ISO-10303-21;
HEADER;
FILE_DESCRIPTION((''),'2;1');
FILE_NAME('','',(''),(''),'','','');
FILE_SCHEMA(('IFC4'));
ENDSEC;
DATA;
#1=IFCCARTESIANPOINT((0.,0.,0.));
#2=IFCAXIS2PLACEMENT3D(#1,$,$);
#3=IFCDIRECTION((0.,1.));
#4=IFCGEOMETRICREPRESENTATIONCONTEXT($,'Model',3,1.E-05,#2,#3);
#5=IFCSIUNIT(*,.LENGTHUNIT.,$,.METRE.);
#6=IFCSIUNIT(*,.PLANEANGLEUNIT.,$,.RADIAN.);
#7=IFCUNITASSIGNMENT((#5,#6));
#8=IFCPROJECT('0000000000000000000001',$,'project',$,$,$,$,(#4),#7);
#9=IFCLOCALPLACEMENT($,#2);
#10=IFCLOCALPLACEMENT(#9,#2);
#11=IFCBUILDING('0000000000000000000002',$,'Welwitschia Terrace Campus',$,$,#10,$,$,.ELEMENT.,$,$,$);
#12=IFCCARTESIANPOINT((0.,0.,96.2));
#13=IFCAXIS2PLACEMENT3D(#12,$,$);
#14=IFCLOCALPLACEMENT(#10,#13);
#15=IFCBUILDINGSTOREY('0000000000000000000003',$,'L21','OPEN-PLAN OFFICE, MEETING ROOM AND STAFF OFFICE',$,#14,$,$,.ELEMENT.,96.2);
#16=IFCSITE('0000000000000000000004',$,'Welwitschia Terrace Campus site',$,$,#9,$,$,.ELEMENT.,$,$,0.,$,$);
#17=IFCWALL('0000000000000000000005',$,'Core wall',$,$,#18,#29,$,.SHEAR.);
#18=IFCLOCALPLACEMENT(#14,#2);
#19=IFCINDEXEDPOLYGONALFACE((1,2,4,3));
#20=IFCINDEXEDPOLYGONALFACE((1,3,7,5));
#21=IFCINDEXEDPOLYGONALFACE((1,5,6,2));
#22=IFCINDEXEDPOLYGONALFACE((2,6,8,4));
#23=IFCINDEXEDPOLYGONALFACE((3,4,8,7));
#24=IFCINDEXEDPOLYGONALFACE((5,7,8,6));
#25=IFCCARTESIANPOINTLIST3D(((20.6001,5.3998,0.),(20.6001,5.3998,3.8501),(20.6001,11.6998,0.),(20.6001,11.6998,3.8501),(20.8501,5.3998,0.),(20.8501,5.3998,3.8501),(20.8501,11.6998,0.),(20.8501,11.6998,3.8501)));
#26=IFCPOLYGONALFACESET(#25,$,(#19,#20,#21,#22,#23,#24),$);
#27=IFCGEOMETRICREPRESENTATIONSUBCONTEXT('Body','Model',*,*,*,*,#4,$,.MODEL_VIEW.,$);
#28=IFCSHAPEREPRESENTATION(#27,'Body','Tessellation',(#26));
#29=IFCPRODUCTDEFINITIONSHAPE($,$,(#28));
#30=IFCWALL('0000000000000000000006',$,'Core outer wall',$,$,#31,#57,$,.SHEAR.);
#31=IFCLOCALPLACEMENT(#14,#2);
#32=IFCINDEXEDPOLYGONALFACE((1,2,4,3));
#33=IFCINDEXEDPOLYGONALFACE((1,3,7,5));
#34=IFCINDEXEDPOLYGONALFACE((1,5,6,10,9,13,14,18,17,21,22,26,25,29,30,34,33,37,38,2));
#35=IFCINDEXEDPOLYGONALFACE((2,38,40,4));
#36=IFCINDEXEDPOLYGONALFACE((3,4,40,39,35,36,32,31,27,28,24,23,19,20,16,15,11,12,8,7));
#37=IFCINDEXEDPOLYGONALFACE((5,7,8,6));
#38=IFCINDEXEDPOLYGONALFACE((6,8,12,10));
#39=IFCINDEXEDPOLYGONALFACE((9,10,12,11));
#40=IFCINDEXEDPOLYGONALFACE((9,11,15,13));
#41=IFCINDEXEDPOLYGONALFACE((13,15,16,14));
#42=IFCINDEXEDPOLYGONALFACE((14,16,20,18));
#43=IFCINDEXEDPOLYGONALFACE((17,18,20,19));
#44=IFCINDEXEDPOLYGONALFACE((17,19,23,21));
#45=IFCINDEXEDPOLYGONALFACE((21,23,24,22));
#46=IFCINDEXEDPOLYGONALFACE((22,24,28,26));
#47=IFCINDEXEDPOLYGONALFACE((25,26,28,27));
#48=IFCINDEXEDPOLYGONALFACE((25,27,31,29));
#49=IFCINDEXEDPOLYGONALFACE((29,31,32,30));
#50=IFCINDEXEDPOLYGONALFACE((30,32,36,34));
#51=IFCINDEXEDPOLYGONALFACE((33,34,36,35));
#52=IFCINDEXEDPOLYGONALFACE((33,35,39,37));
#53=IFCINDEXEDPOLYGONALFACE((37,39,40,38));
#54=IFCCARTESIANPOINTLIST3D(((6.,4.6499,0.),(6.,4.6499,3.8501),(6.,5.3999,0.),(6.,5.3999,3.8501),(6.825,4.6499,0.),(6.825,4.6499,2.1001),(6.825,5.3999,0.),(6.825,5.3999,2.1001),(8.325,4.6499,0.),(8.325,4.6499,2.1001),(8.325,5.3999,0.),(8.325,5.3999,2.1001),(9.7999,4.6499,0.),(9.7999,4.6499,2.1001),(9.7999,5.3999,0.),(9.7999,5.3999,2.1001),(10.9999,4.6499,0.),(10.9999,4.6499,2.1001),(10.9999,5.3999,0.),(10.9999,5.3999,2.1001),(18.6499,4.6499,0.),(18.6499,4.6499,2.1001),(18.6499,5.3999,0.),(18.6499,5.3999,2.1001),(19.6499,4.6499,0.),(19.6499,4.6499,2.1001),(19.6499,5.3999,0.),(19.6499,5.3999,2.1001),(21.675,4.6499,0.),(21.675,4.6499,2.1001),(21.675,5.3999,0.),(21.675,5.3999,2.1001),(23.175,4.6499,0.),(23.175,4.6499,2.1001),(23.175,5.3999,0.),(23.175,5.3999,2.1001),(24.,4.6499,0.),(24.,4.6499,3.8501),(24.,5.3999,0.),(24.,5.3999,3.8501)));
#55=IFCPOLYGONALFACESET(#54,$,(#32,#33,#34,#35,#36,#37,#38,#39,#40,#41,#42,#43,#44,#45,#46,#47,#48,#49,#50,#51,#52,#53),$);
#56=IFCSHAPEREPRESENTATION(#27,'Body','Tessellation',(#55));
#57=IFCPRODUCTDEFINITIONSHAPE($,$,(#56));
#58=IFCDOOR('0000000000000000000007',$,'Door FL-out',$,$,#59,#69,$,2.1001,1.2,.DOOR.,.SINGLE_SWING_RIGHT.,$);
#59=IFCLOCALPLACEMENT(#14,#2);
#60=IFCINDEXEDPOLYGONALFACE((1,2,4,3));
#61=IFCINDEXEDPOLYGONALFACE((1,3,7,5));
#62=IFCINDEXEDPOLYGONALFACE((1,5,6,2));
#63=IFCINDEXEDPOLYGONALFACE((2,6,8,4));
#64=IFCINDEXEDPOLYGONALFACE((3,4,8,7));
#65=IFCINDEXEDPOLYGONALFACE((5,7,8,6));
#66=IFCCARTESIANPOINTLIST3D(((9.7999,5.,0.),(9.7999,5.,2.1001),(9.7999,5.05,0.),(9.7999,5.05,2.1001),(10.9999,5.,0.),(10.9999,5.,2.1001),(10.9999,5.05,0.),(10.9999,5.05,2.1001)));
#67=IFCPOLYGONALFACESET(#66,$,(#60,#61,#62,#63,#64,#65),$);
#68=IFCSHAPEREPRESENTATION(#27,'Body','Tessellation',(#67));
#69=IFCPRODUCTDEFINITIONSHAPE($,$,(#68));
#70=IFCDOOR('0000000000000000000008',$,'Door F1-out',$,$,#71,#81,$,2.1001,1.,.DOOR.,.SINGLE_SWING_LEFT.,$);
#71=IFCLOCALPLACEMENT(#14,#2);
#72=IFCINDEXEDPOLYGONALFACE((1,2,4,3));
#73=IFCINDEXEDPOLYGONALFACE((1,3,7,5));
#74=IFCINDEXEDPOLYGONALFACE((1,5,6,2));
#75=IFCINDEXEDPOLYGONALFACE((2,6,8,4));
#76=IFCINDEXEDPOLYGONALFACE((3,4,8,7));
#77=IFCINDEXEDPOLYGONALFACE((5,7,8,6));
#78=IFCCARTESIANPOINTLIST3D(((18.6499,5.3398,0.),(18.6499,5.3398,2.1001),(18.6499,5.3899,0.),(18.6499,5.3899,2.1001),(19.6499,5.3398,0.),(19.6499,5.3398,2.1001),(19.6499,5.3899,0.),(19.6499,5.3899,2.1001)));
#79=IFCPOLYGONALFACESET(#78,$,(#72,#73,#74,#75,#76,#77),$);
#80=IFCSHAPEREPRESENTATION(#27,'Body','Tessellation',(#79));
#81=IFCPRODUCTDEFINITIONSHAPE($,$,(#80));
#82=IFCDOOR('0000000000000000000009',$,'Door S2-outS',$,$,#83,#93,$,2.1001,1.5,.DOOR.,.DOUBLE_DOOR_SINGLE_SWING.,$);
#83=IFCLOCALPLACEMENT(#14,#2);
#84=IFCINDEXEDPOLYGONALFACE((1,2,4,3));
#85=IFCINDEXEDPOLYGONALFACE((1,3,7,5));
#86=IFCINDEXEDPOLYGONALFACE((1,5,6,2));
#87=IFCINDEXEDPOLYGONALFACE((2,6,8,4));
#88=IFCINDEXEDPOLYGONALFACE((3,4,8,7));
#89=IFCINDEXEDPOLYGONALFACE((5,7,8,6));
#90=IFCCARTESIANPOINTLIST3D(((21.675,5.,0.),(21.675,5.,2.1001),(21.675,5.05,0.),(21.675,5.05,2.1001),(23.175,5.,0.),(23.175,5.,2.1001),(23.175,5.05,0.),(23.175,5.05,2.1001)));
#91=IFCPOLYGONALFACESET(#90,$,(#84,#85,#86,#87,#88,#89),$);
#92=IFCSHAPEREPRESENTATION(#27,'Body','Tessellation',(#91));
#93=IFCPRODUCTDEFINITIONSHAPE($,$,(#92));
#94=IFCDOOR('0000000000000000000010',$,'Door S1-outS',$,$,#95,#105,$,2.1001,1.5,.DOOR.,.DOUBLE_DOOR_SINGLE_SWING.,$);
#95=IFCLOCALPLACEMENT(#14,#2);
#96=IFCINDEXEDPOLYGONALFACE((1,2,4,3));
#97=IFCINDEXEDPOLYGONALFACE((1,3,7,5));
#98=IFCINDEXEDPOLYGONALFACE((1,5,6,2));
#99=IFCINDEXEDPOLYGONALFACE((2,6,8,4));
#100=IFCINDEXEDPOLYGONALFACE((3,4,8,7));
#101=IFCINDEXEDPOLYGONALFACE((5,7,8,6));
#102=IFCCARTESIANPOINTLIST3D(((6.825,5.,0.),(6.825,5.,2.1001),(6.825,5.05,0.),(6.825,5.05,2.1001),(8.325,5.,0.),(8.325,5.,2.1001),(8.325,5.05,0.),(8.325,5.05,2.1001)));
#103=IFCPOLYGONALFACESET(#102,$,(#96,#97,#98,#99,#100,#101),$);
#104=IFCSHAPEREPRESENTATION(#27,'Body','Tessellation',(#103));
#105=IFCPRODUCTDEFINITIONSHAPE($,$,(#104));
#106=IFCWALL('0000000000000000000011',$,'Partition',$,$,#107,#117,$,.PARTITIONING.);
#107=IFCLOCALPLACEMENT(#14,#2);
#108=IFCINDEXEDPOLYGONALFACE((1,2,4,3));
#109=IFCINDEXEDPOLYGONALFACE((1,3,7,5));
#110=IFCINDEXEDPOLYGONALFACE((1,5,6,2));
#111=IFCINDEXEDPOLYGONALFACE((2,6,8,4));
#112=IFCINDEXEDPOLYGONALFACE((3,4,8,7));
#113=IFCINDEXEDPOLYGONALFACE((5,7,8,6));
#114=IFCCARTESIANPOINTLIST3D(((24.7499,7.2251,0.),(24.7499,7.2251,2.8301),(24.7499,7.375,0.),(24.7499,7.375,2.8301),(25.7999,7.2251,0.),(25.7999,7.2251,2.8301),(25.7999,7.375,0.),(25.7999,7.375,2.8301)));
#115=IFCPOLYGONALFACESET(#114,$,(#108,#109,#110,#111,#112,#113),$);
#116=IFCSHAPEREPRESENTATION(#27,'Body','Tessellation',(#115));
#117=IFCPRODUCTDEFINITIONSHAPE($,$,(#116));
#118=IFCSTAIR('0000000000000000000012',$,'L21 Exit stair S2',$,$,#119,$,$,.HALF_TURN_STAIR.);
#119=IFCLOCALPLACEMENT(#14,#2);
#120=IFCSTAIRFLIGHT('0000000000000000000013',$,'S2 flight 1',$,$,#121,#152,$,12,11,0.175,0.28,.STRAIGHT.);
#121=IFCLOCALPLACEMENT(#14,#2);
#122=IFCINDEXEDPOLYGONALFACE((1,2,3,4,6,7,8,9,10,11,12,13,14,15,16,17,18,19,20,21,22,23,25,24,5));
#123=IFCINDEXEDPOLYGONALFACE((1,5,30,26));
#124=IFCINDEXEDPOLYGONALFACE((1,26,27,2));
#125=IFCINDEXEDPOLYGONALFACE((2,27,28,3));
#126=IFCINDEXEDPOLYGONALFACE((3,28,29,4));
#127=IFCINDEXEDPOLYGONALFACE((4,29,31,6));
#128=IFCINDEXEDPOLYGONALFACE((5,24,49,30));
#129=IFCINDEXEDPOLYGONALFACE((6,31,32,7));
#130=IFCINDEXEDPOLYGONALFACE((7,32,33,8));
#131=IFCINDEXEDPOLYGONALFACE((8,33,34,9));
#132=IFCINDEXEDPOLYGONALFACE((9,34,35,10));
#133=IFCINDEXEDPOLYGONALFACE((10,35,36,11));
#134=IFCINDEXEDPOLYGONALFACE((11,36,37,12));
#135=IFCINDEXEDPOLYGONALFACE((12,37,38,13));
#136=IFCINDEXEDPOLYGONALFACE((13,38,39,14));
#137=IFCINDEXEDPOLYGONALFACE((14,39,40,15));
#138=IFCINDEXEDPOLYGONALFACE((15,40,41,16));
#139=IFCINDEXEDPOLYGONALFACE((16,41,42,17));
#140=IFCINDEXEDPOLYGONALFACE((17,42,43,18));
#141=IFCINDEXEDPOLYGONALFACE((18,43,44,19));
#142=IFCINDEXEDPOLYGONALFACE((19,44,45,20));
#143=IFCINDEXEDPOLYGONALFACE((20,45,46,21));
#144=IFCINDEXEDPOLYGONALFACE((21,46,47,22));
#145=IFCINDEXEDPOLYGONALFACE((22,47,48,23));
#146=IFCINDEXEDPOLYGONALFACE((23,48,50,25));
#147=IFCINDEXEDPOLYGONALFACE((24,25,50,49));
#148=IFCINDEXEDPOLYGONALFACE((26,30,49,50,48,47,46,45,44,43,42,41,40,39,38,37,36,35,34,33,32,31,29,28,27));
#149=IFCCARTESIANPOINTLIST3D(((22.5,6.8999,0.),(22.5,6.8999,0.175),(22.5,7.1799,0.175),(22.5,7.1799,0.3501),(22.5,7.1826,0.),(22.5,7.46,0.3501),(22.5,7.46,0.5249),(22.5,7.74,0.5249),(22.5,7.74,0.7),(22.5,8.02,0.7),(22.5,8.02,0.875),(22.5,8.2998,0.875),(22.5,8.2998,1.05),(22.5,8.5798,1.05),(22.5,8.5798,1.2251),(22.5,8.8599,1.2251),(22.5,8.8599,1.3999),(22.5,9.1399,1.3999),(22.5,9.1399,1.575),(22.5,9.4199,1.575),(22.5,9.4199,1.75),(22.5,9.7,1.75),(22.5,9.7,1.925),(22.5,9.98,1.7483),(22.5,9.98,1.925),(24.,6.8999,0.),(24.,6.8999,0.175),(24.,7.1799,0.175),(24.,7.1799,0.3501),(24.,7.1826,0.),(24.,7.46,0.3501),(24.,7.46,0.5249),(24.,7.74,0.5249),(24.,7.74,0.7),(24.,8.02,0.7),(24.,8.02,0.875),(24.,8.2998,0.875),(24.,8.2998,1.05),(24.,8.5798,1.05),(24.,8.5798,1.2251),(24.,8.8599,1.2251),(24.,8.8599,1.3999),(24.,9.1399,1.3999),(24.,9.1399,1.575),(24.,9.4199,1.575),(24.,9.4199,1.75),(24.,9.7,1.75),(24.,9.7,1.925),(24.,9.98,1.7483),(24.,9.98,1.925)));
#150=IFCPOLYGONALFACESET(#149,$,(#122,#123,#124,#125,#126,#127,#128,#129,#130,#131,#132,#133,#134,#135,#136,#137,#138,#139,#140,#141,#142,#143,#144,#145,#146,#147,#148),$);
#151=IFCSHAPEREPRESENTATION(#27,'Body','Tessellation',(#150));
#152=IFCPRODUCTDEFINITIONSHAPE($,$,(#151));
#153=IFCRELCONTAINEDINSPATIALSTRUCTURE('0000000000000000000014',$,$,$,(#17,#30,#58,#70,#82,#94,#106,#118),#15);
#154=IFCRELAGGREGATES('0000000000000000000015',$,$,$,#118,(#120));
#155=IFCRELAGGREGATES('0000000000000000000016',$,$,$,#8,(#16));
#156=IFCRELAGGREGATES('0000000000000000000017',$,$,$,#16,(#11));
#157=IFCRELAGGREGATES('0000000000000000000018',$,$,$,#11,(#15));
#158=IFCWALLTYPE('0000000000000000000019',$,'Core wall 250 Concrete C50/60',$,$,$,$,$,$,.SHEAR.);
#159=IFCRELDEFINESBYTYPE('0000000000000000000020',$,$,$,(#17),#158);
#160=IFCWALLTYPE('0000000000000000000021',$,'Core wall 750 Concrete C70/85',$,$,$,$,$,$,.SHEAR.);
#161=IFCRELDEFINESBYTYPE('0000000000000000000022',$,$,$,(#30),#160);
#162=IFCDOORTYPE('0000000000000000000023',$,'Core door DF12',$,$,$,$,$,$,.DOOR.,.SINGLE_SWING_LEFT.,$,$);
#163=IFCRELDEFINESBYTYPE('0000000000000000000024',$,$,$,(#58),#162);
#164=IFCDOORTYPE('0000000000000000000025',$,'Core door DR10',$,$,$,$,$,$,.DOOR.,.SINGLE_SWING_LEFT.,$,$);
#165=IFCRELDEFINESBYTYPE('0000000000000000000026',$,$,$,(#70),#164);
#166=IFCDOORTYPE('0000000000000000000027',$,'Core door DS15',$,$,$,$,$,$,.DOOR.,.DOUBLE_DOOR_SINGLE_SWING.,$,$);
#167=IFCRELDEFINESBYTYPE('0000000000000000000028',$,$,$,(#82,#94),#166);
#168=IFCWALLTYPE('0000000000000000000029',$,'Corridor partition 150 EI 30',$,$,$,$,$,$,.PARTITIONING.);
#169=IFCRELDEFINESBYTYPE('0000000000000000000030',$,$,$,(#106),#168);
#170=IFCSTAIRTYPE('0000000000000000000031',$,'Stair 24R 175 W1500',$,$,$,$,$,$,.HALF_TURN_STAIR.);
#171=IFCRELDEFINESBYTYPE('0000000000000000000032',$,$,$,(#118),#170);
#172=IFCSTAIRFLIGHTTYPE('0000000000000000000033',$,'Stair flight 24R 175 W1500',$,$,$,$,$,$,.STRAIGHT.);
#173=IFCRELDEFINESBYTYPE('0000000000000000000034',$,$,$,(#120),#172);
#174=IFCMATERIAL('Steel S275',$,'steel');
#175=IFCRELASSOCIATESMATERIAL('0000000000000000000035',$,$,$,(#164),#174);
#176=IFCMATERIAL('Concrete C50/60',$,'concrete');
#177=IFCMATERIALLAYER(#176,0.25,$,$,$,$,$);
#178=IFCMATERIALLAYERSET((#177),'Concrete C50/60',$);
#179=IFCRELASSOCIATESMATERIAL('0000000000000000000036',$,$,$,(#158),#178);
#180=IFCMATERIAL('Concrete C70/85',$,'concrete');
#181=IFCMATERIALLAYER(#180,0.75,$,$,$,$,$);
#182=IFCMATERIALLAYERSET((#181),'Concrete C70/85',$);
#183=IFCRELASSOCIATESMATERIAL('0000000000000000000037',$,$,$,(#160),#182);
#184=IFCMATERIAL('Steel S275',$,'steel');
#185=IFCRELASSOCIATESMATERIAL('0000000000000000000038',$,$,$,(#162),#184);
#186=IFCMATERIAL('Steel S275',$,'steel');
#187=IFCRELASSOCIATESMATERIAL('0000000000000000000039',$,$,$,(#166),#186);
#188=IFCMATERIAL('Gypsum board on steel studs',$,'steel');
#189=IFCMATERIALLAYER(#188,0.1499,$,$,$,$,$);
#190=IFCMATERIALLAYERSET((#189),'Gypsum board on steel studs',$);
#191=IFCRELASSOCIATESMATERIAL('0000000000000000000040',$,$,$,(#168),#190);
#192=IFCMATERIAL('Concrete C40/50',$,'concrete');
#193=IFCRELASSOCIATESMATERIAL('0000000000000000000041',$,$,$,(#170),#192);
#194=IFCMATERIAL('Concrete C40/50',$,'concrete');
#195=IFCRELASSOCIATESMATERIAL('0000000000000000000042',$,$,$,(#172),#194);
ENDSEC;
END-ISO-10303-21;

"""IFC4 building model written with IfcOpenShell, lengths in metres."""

from ifc_helpers import new_model, si_unit, direction, frame, frame_2d, origin, place, context, subcontext, project, spatial, polyline, rectangle, outline, extrude, material, layer, layer_set, type_object, element, fill, aggregate, save


model = new_model("IFC4")

# Units and contexts
model_context = context("Model", 3, precision=1e-05, world=origin(), true_north=direction((0.0, 1.0)))
body_context = subcontext(model_context, "Body", "Model", "MODEL_VIEW")
ifc_project = project(units=[si_unit("LENGTHUNIT", "METRE"), si_unit("PLANEANGLEUNIT", "RADIAN")], contexts=[model_context])

# Site, building, storey
site_placement = place(None, origin())
site = spatial("IfcSite", under=ifc_project, at=site_placement, Name="Welwitschia Terrace Campus site", CompositionType="ELEMENT", RefElevation=0.0)
building_placement = place(site_placement, origin())
building = spatial("IfcBuilding", under=site, at=building_placement, Name="Welwitschia Terrace Campus", CompositionType="ELEMENT")
storey_placement = place(building_placement, frame((0.0, 0.0, 96.2)))
storey = spatial("IfcBuildingStorey", under=building, at=storey_placement, Name="L21", Description="OPEN-PLAN OFFICE, MEETING ROOM AND STAFF OFFICE", CompositionType="ELEMENT", Elevation=96.2)

# Shared definitions
ifc_material_1 = material(Name="Steel S275", Category="steel")
door_type_1 = type_object("IfcDoorType", Name="Core door DR10", OperationType="SINGLE_SWING_LEFT", PredefinedType="DOOR", material=ifc_material_1)

# Wall
ifc_material_2 = material(Name="Concrete C50/60", Category="concrete")
ifc_layer_1 = layer(ifc_material_2, 0.25)
ifc_layer_set_1 = layer_set([ifc_layer_1], Name="Concrete C50/60")
wall_type_1 = type_object("IfcWallType", Name="Core wall 250 Concrete C50/60", PredefinedType="SHEAR", material=ifc_layer_set_1)
wall_1_placement = place(storey_placement, frame((20.7251, 5.3999, 0.0), z_axis=(0.0, 0.0, 1.0), x_axis=(0.0, 1.0, 0.0)))
element("IfcWall", 1, at=wall_1_placement, inside=storey, type_object=wall_type_1, Name="Core wall", PredefinedType="SHEAR", context=body_context, shape_type="SweptSolid", body=[
    extrude(rectangle(XDim=6.3, YDim=0.25, at=frame_2d((3.1499, 0.0))), origin(), (0.0, 0.0, 1.0), 3.8501),
])

# Wall, openings, doors
ifc_material_3 = material(Name="Concrete C70/85", Category="concrete")
ifc_layer_2 = layer(ifc_material_3, 0.75)
ifc_layer_set_2 = layer_set([ifc_layer_2], Name="Concrete C70/85")
wall_type_2 = type_object("IfcWallType", Name="Core wall 750 Concrete C70/85", PredefinedType="SHEAR", material=ifc_layer_set_2)
wall_2_placement = place(storey_placement, frame((24.0, 5.0249, 0.0), z_axis=(0.0, 0.0, 1.0), x_axis=(-1.0, 0.0, 0.0)))
wall_2 = element("IfcWall", 2, at=wall_2_placement, inside=storey, type_object=wall_type_2, Name="Core outer wall", PredefinedType="SHEAR", context=body_context, shape_type="SweptSolid", body=[
    extrude(rectangle(XDim=18.0, YDim=0.75, at=frame_2d((9.0, 0.0))), origin(), (0.0, 0.0, 1.0), 3.8501),
])
opening_1_placement = place(wall_2_placement, frame((0.825, 0.0, 0.0)))
opening_1 = element("IfcOpeningElement", 3, at=opening_1_placement, cuts=wall_2, PredefinedType="OPENING", context=body_context, shape_type="SweptSolid", body=[
    extrude(rectangle(XDim=1.5, YDim=2.1001, at=frame_2d((0.75, 1.05))), frame((0.0, 0.385, 0.0), z_axis=(0.0, -1.0, 0.0), x_axis=(1.0, 0.0, 0.0)), (0.0, 0.0, 1.0), 0.77),
])
opening_2_placement = place(wall_2_placement, frame((15.675, 0.0, 0.0)))
opening_2 = element("IfcOpeningElement", 4, at=opening_2_placement, cuts=wall_2, PredefinedType="OPENING", context=body_context, shape_type="SweptSolid", body=[
    extrude(rectangle(XDim=1.5, YDim=2.1001, at=frame_2d((0.75, 1.05))), frame((0.0, 0.385, 0.0), z_axis=(0.0, -1.0, 0.0), x_axis=(1.0, 0.0, 0.0)), (0.0, 0.0, 1.0), 0.77),
])
opening_3_placement = place(wall_2_placement, frame((13.0, 0.0, 0.0)))
opening_3 = element("IfcOpeningElement", 5, at=opening_3_placement, cuts=wall_2, PredefinedType="OPENING", context=body_context, shape_type="SweptSolid", body=[
    extrude(rectangle(XDim=1.2, YDim=2.1001, at=frame_2d((0.6001, 1.05))), frame((0.0, 0.385, 0.0), z_axis=(0.0, -1.0, 0.0), x_axis=(1.0, 0.0, 0.0)), (0.0, 0.0, 1.0), 0.77),
])
opening_4_placement = place(wall_2_placement, frame((4.3501, 0.0, 0.0)))
opening_4 = element("IfcOpeningElement", 6, at=opening_4_placement, cuts=wall_2, PredefinedType="OPENING", context=body_context, shape_type="SweptSolid", body=[
    extrude(rectangle(XDim=1.0, YDim=2.1001, at=frame_2d((0.5, 1.05))), frame((0.0, 0.385, 0.0), z_axis=(0.0, -1.0, 0.0), x_axis=(1.0, 0.0, 0.0)), (0.0, 0.0, 1.0), 0.77),
])
ifc_material_4 = material(Name="Steel S275", Category="steel")
door_type_2 = type_object("IfcDoorType", Name="Core door DF12", OperationType="SINGLE_SWING_LEFT", PredefinedType="DOOR", material=ifc_material_4)
door_1_placement = place(opening_3_placement, origin())
door_1 = element("IfcDoor", 7, at=door_1_placement, inside=storey, type_object=door_type_2, Name="Door FL-out", OperationType="SINGLE_SWING_RIGHT", OverallHeight=2.1001, OverallWidth=1.2, PredefinedType="DOOR", context=body_context, shape_type="SweptSolid", body=[
    extrude(rectangle(XDim=1.2, YDim=2.1001, at=frame_2d((0.6001, 1.05))), frame((0.0, 0.0249, 0.0), z_axis=(0.0, -1.0, 0.0), x_axis=(1.0, 0.0, 0.0)), (0.0, 0.0, 1.0), 0.05),
])
fill(opening_3, door_1)
door_2_placement = place(opening_4_placement, origin())
door_2 = element("IfcDoor", 8, at=door_2_placement, inside=storey, type_object=door_type_1, Name="Door F1-out", OperationType="SINGLE_SWING_LEFT", OverallHeight=2.1001, OverallWidth=1.0, PredefinedType="DOOR", context=body_context, shape_type="SweptSolid", body=[
    extrude(rectangle(XDim=1.0, YDim=2.1001, at=frame_2d((0.5, 1.05))), frame((0.0, -0.3149, 0.0), z_axis=(0.0, -1.0, 0.0), x_axis=(1.0, 0.0, 0.0)), (0.0, 0.0, 1.0), 0.05),
])
fill(opening_4, door_2)
ifc_material_5 = material(Name="Steel S275", Category="steel")
door_type_3 = type_object("IfcDoorType", Name="Core door DS15", OperationType="DOUBLE_DOOR_SINGLE_SWING", PredefinedType="DOOR", material=ifc_material_5)
door_3_placement = place(opening_1_placement, origin())
door_3 = element("IfcDoor", 9, at=door_3_placement, inside=storey, type_object=door_type_3, Name="Door S2-outS", OperationType="DOUBLE_DOOR_SINGLE_SWING", OverallHeight=2.1001, OverallWidth=1.5, PredefinedType="DOOR", context=body_context, shape_type="SweptSolid", body=[
    extrude(rectangle(XDim=1.5, YDim=2.1001, at=frame_2d((0.75, 1.05))), frame((0.0, 0.0249, 0.0), z_axis=(0.0, -1.0, 0.0), x_axis=(1.0, 0.0, 0.0)), (0.0, 0.0, 1.0), 0.05),
])
fill(opening_1, door_3)
door_4_placement = place(opening_2_placement, origin())
door_4 = element("IfcDoor", 10, at=door_4_placement, inside=storey, type_object=door_type_3, Name="Door S1-outS", OperationType="DOUBLE_DOOR_SINGLE_SWING", OverallHeight=2.1001, OverallWidth=1.5, PredefinedType="DOOR", context=body_context, shape_type="SweptSolid", body=[
    extrude(rectangle(XDim=1.5, YDim=2.1001, at=frame_2d((0.75, 1.05))), frame((0.0, 0.0249, 0.0), z_axis=(0.0, -1.0, 0.0), x_axis=(1.0, 0.0, 0.0)), (0.0, 0.0, 1.0), 0.05),
])
fill(opening_2, door_4)

# Wall
ifc_material_6 = material(Name="Gypsum board on steel studs", Category="steel")
ifc_layer_3 = layer(ifc_material_6, 0.1499)
ifc_layer_set_3 = layer_set([ifc_layer_3], Name="Gypsum board on steel studs")
wall_type_3 = type_object("IfcWallType", Name="Corridor partition 150 EI 30", PredefinedType="PARTITIONING", material=ifc_layer_set_3)
wall_3_placement = place(storey_placement, frame((24.75, 7.3, 0.0), z_axis=(0.0, 0.0, 1.0), x_axis=(1.0, 0.0, 0.0)))
element("IfcWall", 11, at=wall_3_placement, inside=storey, type_object=wall_type_3, Name="Partition", PredefinedType="PARTITIONING", context=body_context, shape_type="SweptSolid", body=[
    extrude(rectangle(XDim=1.05, YDim=0.1499, at=frame_2d((0.5249, 0.0))), origin(), (0.0, 0.0, 1.0), 2.8301),
])

# Stair, stair flight
ifc_material_7 = material(Name="Concrete C40/50", Category="concrete")
stair_type = type_object("IfcStairType", Name="Stair 24R 175 W1500", PredefinedType="HALF_TURN_STAIR", material=ifc_material_7)
stair_placement = place(storey_placement, origin())
stair = element("IfcStair", 12, at=stair_placement, inside=storey, type_object=stair_type, Name="L21 Exit stair S2", PredefinedType="HALF_TURN_STAIR")
ifc_material_8 = material(Name="Concrete C40/50", Category="concrete")
stair_flight_type = type_object("IfcStairFlightType", Name="Stair flight 24R 175 W1500", PredefinedType="STRAIGHT", material=ifc_material_8)
stair_flight_1_placement = place(storey_placement, frame((23.25, 6.8999, 0.0), z_axis=(0.0, 0.0, 1.0), x_axis=(0.0, 1.0, 0.0)))
stair_flight_1 = element("IfcStairFlight", 13, at=stair_flight_1_placement, type_object=stair_flight_type, Name="S2 flight 1", NumberOfRisers=12, NumberOfTreads=11, PredefinedType="STRAIGHT", RiserHeight=0.175, TreadLength=0.28, context=body_context, shape_type="SweptSolid", body=[
    extrude(outline(polyline([(0.0, 0.0), (0.0, 0.175), (0.28, 0.175), (0.28, 0.3501), (0.5601, 0.3501), (0.5601, 0.5249), (0.8401, 0.5249), (0.8401, 0.7), (1.1201, 0.7), (1.1201, 0.875), (1.3999, 0.875), (1.3999, 1.05), (1.6799, 1.05), (1.6799, 1.2251), (1.96, 1.2251), (1.96, 1.3999), (2.24, 1.3999), (2.24, 1.575), (2.52, 1.575), (2.52, 1.75), (2.8, 1.75), (2.8, 1.925), (3.0801, 1.925), (3.0801, 2.1001), (3.0801, 1.7483), (0.2827, 0.0), (0.0, 0.0)])), frame((0.0, 0.75, 0.0), z_axis=(0.0, -1.0, 0.0), x_axis=(1.0, 0.0, 0.0)), (0.0, 0.0, 1.0), 1.5),
])
aggregate(stair, [stair_flight_1])

save(model, "model.ifc")
